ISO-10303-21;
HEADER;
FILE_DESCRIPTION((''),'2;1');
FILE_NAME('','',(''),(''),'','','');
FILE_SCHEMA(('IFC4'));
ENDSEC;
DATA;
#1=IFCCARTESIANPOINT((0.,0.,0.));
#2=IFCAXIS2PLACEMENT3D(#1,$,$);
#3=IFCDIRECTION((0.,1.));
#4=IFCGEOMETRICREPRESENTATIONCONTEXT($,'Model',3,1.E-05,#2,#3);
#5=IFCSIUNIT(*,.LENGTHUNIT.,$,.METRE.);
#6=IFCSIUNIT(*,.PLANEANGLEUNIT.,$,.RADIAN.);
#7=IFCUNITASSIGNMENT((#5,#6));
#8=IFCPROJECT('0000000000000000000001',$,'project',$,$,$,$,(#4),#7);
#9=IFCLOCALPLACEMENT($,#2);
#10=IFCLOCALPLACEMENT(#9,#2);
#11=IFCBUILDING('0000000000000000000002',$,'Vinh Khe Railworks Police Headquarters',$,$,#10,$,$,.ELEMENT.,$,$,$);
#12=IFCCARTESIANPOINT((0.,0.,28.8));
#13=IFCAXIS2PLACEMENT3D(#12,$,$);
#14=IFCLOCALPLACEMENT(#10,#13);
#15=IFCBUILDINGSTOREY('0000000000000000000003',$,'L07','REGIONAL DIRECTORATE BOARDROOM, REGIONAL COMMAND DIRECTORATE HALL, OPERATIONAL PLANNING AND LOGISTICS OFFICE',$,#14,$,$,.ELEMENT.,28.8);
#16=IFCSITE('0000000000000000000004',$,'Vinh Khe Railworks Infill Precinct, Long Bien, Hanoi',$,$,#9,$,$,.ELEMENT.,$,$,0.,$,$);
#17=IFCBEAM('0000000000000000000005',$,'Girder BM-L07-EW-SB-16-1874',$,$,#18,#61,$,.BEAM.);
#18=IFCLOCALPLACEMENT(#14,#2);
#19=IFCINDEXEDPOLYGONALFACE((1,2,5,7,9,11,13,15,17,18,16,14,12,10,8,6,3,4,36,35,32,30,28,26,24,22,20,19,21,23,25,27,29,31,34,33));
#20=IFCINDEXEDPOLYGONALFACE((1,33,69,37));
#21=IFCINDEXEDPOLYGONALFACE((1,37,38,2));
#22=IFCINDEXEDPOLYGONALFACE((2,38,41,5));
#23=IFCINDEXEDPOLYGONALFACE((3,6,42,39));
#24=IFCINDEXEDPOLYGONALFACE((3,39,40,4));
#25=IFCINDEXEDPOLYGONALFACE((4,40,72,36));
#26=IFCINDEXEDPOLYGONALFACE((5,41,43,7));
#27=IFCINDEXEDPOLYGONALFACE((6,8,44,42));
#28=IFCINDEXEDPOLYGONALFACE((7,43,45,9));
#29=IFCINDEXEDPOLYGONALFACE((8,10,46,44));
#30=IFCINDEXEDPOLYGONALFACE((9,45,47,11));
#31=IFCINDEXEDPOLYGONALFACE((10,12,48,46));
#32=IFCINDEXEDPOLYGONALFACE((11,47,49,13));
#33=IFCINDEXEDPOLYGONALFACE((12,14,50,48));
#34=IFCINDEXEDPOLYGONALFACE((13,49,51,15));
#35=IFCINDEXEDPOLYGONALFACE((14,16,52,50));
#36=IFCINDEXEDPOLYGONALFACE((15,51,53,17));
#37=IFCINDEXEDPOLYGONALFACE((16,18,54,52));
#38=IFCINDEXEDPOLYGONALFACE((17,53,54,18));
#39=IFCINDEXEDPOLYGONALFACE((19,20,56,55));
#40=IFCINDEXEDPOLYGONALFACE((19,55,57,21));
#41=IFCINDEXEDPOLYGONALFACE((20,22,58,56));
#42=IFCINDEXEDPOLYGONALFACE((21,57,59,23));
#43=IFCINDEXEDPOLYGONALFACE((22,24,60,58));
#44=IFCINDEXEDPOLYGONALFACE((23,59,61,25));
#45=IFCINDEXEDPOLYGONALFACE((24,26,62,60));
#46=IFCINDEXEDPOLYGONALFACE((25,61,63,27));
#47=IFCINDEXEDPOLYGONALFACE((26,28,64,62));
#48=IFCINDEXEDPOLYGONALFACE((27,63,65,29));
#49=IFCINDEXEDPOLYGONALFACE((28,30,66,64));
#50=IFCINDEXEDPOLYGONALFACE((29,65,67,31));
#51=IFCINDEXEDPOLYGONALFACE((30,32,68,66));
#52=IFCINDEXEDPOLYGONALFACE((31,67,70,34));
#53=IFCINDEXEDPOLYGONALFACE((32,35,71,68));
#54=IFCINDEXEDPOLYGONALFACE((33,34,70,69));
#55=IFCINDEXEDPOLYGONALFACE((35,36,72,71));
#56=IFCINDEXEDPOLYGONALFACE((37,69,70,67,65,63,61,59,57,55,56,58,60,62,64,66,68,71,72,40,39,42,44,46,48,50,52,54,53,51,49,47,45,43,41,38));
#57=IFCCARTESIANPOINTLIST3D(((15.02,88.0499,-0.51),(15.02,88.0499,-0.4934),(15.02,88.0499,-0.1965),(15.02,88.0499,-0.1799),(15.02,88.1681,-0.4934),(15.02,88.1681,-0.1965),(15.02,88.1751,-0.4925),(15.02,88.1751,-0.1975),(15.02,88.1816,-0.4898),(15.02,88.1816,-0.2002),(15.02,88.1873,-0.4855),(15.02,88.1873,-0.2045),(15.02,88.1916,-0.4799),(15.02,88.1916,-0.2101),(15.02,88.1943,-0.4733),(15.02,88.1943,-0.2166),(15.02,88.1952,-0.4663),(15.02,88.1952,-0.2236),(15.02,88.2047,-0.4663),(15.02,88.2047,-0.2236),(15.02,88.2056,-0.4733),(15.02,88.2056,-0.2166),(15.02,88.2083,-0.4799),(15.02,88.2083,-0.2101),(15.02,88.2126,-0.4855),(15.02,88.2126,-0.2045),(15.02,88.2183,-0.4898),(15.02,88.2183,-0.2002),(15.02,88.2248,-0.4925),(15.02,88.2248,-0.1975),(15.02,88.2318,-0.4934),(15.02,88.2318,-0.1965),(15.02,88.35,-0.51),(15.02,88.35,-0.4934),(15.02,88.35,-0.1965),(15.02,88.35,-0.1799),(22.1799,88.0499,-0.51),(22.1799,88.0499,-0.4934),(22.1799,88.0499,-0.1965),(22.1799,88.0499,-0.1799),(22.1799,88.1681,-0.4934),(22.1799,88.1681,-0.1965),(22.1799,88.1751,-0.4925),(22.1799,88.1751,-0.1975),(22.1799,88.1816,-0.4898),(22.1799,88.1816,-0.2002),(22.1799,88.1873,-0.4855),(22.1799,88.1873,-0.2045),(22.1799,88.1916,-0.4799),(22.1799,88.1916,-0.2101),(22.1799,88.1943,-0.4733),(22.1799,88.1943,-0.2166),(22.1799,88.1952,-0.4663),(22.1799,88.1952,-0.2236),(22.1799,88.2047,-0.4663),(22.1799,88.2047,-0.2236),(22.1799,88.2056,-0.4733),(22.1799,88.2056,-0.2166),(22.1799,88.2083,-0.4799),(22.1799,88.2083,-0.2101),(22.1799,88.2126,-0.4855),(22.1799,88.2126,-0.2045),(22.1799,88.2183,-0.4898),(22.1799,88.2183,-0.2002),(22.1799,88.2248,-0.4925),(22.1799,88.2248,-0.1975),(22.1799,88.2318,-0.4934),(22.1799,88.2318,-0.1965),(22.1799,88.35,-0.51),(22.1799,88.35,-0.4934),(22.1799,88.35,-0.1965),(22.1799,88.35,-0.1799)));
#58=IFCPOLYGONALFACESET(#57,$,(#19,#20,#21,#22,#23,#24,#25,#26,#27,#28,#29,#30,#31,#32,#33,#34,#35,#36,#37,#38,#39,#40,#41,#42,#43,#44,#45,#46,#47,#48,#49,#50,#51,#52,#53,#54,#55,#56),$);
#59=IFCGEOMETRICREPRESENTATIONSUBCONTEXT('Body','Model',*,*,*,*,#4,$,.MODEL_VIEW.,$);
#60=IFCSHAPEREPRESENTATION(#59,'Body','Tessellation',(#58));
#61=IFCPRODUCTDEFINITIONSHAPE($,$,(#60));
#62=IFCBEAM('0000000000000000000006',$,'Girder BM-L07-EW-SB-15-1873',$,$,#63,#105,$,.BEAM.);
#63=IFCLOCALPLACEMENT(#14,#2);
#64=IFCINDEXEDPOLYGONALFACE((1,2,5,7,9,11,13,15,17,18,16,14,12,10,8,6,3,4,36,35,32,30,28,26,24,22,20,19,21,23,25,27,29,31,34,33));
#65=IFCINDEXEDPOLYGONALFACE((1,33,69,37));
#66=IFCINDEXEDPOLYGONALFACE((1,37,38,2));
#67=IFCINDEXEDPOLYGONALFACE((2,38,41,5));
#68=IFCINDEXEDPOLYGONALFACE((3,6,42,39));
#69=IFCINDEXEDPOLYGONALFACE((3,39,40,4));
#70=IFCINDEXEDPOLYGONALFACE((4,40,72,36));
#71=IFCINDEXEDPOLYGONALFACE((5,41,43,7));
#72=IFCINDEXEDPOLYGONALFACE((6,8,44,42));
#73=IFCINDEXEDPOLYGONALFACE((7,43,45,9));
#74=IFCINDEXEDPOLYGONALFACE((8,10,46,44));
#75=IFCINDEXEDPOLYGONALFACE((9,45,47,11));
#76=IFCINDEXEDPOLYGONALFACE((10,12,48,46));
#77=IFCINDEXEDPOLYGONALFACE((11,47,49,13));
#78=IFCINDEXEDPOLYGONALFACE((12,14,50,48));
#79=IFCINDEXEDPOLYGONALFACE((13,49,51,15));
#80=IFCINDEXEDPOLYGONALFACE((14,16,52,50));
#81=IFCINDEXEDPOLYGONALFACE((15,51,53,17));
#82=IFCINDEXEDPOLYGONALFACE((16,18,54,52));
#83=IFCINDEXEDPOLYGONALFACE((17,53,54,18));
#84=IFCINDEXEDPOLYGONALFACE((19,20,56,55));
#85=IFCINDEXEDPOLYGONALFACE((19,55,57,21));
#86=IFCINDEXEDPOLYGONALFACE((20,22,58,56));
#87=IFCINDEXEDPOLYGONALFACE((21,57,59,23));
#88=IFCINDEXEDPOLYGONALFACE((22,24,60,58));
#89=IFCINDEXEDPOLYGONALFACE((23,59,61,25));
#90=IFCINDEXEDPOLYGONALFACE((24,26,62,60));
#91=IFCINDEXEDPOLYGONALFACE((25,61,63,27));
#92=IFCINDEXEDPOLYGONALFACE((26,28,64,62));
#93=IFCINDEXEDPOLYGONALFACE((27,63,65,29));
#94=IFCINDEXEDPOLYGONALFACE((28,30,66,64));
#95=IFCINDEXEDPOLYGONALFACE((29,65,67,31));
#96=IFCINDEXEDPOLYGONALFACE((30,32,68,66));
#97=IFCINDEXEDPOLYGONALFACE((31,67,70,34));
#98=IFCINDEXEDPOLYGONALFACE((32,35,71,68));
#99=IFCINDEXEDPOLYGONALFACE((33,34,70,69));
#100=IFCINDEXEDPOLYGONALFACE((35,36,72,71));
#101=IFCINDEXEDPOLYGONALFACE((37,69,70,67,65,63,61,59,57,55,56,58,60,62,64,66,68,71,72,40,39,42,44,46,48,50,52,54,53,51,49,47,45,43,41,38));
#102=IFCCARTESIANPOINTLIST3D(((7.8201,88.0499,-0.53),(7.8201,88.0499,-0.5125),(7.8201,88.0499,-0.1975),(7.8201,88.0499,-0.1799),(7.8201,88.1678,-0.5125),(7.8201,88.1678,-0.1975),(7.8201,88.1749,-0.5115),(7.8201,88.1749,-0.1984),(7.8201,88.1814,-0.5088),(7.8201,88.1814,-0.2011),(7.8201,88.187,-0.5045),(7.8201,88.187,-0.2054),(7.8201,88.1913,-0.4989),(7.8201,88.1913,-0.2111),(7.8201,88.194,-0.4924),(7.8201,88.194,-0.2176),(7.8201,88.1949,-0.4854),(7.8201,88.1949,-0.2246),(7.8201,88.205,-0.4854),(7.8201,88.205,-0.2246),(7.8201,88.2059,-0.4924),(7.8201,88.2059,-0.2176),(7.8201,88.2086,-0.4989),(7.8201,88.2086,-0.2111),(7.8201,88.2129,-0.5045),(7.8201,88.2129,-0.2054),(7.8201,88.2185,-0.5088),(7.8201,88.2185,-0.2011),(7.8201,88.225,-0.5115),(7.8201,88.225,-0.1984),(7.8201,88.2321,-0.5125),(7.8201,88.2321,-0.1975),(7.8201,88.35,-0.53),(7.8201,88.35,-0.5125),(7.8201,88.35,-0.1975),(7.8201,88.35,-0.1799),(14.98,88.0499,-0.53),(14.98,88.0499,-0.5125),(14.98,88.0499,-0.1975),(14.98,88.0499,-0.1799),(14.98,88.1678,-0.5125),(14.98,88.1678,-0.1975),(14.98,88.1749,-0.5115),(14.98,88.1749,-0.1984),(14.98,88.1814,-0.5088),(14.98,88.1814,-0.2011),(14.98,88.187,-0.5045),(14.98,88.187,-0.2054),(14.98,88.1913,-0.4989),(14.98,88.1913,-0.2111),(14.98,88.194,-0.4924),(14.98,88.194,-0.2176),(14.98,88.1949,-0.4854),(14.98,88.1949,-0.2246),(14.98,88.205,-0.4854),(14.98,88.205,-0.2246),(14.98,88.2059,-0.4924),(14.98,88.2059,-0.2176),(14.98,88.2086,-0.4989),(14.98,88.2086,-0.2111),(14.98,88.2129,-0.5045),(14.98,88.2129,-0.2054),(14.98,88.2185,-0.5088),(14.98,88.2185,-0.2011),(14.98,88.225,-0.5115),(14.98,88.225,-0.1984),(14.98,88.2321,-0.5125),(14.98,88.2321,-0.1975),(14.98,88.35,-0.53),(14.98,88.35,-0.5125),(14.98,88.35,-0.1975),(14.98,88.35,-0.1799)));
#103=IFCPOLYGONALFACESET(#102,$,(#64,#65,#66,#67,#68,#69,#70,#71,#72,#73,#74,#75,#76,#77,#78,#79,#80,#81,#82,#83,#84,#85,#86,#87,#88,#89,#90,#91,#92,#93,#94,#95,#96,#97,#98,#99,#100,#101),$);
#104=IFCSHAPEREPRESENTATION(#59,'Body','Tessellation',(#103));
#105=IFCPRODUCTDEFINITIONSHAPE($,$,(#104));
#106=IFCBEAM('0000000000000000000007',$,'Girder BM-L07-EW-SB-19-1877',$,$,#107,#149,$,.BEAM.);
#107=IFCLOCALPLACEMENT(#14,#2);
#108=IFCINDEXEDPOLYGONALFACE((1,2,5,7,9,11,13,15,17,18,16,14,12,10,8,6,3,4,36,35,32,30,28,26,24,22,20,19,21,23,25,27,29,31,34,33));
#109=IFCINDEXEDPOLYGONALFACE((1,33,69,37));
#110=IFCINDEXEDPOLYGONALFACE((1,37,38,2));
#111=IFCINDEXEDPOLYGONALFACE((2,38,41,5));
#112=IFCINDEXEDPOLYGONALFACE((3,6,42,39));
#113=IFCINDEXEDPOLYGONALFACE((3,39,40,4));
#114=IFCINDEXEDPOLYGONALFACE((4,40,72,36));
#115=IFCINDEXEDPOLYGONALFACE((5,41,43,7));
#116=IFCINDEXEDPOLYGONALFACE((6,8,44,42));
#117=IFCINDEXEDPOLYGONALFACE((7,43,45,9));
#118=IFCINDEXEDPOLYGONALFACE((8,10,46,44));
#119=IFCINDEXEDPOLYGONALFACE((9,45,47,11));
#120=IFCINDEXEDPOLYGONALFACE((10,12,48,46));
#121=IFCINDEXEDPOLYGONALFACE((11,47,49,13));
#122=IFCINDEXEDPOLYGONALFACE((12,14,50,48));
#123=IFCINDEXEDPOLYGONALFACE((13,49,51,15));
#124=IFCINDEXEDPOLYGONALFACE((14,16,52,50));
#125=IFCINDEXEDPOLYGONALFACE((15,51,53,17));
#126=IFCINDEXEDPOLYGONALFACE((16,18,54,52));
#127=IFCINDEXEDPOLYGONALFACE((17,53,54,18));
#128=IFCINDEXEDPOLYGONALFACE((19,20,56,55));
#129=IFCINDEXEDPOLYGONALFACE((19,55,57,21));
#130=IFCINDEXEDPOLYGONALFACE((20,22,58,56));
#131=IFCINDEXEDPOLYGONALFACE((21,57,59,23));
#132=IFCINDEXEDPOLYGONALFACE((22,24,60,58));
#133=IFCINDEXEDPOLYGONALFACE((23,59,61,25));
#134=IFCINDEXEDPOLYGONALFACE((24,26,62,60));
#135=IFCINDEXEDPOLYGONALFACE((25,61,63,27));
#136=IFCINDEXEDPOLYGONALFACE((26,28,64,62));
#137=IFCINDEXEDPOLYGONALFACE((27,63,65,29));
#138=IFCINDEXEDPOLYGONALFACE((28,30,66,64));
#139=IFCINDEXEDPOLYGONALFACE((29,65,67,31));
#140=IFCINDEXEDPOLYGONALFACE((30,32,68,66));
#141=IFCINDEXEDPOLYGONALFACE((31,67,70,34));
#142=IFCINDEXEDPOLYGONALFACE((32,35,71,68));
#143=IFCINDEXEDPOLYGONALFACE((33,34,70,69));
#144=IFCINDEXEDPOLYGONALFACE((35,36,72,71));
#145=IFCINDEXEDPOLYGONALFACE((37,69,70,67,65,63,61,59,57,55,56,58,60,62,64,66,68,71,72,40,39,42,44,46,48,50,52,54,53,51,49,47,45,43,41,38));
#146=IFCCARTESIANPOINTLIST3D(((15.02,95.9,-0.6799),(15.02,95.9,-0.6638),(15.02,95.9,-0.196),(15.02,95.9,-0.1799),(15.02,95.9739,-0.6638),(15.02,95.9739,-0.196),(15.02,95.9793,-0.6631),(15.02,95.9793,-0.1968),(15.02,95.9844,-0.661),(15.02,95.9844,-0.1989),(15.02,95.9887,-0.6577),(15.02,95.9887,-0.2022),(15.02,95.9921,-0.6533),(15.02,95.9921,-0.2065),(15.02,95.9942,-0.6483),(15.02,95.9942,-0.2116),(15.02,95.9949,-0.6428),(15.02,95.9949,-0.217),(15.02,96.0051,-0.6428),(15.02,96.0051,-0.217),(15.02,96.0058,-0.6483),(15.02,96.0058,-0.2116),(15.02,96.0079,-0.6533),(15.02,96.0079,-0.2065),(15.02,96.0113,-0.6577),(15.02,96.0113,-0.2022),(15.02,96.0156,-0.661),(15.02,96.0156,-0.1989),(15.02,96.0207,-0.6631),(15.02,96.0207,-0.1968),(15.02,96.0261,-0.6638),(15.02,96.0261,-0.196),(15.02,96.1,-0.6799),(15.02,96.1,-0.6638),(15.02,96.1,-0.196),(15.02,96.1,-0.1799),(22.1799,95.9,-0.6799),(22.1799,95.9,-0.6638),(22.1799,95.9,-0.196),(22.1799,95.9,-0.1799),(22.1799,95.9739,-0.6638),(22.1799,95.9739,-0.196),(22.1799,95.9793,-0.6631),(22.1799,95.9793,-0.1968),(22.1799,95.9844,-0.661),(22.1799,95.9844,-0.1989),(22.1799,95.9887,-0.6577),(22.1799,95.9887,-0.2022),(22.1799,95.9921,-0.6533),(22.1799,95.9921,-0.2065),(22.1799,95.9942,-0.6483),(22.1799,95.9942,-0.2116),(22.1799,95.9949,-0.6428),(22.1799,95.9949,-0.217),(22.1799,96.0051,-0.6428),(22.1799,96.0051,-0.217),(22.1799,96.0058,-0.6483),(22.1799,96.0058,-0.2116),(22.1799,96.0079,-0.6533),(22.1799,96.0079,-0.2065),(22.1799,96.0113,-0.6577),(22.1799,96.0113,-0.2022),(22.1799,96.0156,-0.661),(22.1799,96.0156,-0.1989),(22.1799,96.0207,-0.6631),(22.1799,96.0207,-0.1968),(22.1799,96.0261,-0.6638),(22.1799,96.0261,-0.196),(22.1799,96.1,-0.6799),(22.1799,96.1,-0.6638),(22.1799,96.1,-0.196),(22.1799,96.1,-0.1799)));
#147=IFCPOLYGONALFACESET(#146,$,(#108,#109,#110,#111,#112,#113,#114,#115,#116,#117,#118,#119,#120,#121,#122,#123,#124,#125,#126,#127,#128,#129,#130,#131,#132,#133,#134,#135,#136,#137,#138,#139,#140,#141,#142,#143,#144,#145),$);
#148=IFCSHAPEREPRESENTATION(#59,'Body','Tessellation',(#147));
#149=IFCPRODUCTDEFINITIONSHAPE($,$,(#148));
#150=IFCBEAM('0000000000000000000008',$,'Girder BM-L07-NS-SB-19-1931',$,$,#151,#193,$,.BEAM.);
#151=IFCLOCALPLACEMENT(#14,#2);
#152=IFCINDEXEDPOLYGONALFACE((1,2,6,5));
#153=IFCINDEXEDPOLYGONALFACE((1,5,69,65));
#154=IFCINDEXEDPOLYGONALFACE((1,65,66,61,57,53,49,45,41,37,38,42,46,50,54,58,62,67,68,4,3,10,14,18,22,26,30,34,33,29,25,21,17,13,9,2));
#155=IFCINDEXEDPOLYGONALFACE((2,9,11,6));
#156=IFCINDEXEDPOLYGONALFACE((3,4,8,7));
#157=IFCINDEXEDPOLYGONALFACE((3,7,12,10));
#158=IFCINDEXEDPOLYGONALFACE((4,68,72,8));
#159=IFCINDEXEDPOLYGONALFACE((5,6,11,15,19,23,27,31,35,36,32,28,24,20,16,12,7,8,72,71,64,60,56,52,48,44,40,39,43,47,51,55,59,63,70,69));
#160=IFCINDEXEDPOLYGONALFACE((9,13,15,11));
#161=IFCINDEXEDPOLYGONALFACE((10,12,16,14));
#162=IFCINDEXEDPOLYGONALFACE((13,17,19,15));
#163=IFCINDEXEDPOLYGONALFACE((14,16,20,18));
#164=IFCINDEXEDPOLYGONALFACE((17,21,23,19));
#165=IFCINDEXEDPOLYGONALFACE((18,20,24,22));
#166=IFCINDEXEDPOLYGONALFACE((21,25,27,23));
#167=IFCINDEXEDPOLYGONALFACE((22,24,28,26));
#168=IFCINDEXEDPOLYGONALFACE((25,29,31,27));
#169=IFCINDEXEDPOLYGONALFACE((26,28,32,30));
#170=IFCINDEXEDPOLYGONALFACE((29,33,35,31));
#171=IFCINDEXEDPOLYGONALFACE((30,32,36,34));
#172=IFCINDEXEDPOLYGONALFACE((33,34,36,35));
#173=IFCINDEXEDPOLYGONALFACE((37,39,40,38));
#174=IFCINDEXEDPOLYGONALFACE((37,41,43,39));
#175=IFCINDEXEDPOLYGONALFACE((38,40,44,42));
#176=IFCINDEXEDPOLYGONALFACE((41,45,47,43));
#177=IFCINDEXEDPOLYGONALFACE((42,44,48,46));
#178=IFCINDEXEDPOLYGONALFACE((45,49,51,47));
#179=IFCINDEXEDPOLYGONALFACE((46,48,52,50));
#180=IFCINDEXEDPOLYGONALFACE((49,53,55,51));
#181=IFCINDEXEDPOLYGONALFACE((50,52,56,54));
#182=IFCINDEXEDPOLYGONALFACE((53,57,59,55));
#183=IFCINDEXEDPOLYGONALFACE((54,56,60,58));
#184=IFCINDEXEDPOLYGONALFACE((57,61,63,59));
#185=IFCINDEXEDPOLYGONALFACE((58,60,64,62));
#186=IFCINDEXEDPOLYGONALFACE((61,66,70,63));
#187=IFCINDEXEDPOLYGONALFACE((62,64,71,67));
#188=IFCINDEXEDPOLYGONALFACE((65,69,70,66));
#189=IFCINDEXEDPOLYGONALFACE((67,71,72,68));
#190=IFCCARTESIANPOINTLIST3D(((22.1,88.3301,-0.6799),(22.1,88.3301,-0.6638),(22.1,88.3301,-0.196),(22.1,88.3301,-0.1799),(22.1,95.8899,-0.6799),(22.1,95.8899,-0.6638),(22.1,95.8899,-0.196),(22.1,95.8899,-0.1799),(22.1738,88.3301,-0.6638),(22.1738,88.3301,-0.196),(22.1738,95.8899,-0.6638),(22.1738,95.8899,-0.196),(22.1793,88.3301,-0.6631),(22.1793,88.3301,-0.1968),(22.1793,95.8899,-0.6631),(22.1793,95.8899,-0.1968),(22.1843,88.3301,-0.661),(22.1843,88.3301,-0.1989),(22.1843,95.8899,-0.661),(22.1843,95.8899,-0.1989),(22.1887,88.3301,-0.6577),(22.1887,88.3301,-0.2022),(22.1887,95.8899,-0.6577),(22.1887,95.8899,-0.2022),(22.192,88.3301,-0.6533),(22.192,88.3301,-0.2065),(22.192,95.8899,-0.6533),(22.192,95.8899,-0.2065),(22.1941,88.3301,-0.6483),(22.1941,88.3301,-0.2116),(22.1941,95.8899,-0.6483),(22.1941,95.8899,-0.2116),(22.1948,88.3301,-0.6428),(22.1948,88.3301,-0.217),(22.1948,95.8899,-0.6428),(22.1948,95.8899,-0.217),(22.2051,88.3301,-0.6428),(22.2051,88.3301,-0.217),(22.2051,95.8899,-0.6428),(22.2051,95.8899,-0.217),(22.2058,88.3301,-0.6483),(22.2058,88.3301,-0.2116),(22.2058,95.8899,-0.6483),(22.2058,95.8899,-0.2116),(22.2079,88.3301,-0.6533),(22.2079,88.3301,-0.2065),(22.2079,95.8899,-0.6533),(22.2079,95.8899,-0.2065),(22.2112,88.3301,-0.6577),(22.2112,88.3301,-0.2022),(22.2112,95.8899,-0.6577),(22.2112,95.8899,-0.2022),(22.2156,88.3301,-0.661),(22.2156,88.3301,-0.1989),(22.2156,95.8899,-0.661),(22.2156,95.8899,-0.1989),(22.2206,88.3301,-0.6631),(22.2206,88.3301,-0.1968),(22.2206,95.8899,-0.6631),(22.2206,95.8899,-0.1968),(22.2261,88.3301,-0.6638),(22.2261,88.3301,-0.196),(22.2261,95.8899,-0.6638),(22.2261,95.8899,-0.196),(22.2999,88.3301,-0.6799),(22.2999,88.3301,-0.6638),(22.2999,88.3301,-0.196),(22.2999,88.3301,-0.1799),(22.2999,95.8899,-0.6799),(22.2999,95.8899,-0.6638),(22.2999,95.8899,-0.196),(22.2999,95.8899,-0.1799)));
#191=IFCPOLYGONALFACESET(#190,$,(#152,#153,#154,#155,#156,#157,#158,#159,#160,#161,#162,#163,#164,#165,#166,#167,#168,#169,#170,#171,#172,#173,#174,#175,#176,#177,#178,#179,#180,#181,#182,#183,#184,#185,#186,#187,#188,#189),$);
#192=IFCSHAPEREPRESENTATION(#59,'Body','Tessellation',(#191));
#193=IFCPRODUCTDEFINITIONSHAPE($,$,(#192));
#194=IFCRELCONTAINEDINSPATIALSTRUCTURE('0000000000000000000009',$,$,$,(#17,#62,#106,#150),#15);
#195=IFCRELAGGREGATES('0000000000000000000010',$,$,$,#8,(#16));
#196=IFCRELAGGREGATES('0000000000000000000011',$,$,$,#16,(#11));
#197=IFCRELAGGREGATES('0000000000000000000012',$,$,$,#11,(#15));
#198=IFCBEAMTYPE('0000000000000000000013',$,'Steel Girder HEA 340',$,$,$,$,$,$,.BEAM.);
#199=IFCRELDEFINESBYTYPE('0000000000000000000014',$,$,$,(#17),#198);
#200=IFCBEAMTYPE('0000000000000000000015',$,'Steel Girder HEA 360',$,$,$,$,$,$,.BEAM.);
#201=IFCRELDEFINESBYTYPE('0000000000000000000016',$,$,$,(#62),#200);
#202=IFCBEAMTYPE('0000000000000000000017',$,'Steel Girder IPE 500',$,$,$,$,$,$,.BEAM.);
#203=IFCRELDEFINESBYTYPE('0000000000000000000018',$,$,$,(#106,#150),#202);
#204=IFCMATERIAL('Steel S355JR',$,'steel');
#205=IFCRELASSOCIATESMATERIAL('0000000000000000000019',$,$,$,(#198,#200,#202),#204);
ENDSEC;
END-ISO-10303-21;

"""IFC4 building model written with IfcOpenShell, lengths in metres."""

from ifc_helpers import new_model, si_unit, direction, frame, origin, origin_2d, place, context, subcontext, project, spatial, i_section, extrude, material, material_profile, profile_set, type_object, element, save


model = new_model("IFC4")

# Units and contexts
model_context = context("Model", 3, precision=1e-05, world=origin(), true_north=direction((0.0, 1.0)))
body_context = subcontext(model_context, "Body", "Model", "MODEL_VIEW")
ifc_project = project(units=[si_unit("LENGTHUNIT", "METRE"), si_unit("PLANEANGLEUNIT", "RADIAN")], contexts=[model_context])

# Site, building, storey
site_placement = place(None, origin())
site = spatial("IfcSite", under=ifc_project, at=site_placement, Name="Vinh Khe Railworks Infill Precinct, Long Bien, Hanoi", CompositionType="ELEMENT", RefElevation=0.0)
building_placement = place(site_placement, origin())
building = spatial("IfcBuilding", under=site, at=building_placement, Name="Vinh Khe Railworks Police Headquarters", CompositionType="ELEMENT")
storey_placement = place(building_placement, frame((0.0, 0.0, 28.8)))
storey = spatial("IfcBuildingStorey", under=building, at=storey_placement, Name="L07", Description="REGIONAL DIRECTORATE BOARDROOM, REGIONAL COMMAND DIRECTORATE HALL, OPERATIONAL PLANNING AND LOGISTICS OFFICE", CompositionType="ELEMENT", Elevation=28.8)

# Shared definitions
ifc_material_1 = material(Name="Steel S355JR", Category="steel")

# Beams
ifc_material_profile_1 = material_profile(ifc_material_1, i_section(OverallWidth=0.3, OverallDepth=0.3301, WebThickness=0.0095, FlangeThickness=0.0166, FilletRadius=0.0271, at=origin_2d()), Name="HEA 340")
ifc_profile_set_1 = profile_set([ifc_material_profile_1], Name="Steel S355JR")
beam_type_1 = type_object("IfcBeamType", Name="Steel Girder HEA 340", PredefinedType="BEAM", material=ifc_profile_set_1)
beam_1_placement = place(storey_placement, frame((15.02, 88.2, -0.345), z_axis=(1.0, 0.0, 0.0), x_axis=(0.0, 1.0, 0.0)))
element("IfcBeam", 1, at=beam_1_placement, inside=storey, type_object=beam_type_1, Name="Girder BM-L07-EW-SB-16-1874", PredefinedType="BEAM", context=body_context, shape_type="SweptSolid", body=[
    extrude(i_section(OverallWidth=0.3, OverallDepth=0.3301, WebThickness=0.0095, FlangeThickness=0.0166, FilletRadius=0.0271, at=origin_2d()), origin(), (0.0, 0.0, 1.0), 7.1599),
])
ifc_material_profile_2 = material_profile(ifc_material_1, i_section(OverallWidth=0.3, OverallDepth=0.3501, WebThickness=0.01, FlangeThickness=0.0176, FilletRadius=0.0271, at=origin_2d()), Name="HEA 360")
ifc_profile_set_2 = profile_set([ifc_material_profile_2], Name="Steel S355JR")
beam_type_2 = type_object("IfcBeamType", Name="Steel Girder HEA 360", PredefinedType="BEAM", material=ifc_profile_set_2)
beam_2_placement = place(storey_placement, frame((7.8201, 88.2, -0.355), z_axis=(1.0, 0.0, 0.0), x_axis=(0.0, 1.0, 0.0)))
element("IfcBeam", 2, at=beam_2_placement, inside=storey, type_object=beam_type_2, Name="Girder BM-L07-EW-SB-15-1873", PredefinedType="BEAM", context=body_context, shape_type="SweptSolid", body=[
    extrude(i_section(OverallWidth=0.3, OverallDepth=0.3501, WebThickness=0.01, FlangeThickness=0.0176, FilletRadius=0.0271, at=origin_2d()), origin(), (0.0, 0.0, 1.0), 7.1599),
])
ifc_material_profile_3 = material_profile(ifc_material_1, i_section(OverallWidth=0.2, OverallDepth=0.5, WebThickness=0.0103, FlangeThickness=0.0161, FilletRadius=0.021, at=origin_2d()), Name="IPE 500")
ifc_profile_set_3 = profile_set([ifc_material_profile_3], Name="Steel S355JR")
beam_type_3 = type_object("IfcBeamType", Name="Steel Girder IPE 500", PredefinedType="BEAM", material=ifc_profile_set_3)
beam_3_placement = place(storey_placement, frame((15.02, 96.0, -0.4299), z_axis=(1.0, 0.0, 0.0), x_axis=(0.0, 1.0, 0.0)))
element("IfcBeam", 3, at=beam_3_placement, inside=storey, type_object=beam_type_3, Name="Girder BM-L07-EW-SB-19-1877", PredefinedType="BEAM", context=body_context, shape_type="SweptSolid", body=[
    extrude(i_section(OverallWidth=0.2, OverallDepth=0.5, WebThickness=0.0103, FlangeThickness=0.0161, FilletRadius=0.021, at=origin_2d()), origin(), (0.0, 0.0, 1.0), 7.1599),
])
beam_4_placement = place(storey_placement, frame((22.2, 88.3301, -0.4299), z_axis=(0.0, 1.0, 0.0), x_axis=(-1.0, 0.0, 0.0)))
element("IfcBeam", 4, at=beam_4_placement, inside=storey, type_object=beam_type_3, Name="Girder BM-L07-NS-SB-19-1931", PredefinedType="BEAM", context=body_context, shape_type="SweptSolid", body=[
    extrude(i_section(OverallWidth=0.2, OverallDepth=0.5, WebThickness=0.0103, FlangeThickness=0.0161, FilletRadius=0.021, at=origin_2d()), origin(), (0.0, 0.0, 1.0), 7.5598),
])

save(model, "model.ifc")
